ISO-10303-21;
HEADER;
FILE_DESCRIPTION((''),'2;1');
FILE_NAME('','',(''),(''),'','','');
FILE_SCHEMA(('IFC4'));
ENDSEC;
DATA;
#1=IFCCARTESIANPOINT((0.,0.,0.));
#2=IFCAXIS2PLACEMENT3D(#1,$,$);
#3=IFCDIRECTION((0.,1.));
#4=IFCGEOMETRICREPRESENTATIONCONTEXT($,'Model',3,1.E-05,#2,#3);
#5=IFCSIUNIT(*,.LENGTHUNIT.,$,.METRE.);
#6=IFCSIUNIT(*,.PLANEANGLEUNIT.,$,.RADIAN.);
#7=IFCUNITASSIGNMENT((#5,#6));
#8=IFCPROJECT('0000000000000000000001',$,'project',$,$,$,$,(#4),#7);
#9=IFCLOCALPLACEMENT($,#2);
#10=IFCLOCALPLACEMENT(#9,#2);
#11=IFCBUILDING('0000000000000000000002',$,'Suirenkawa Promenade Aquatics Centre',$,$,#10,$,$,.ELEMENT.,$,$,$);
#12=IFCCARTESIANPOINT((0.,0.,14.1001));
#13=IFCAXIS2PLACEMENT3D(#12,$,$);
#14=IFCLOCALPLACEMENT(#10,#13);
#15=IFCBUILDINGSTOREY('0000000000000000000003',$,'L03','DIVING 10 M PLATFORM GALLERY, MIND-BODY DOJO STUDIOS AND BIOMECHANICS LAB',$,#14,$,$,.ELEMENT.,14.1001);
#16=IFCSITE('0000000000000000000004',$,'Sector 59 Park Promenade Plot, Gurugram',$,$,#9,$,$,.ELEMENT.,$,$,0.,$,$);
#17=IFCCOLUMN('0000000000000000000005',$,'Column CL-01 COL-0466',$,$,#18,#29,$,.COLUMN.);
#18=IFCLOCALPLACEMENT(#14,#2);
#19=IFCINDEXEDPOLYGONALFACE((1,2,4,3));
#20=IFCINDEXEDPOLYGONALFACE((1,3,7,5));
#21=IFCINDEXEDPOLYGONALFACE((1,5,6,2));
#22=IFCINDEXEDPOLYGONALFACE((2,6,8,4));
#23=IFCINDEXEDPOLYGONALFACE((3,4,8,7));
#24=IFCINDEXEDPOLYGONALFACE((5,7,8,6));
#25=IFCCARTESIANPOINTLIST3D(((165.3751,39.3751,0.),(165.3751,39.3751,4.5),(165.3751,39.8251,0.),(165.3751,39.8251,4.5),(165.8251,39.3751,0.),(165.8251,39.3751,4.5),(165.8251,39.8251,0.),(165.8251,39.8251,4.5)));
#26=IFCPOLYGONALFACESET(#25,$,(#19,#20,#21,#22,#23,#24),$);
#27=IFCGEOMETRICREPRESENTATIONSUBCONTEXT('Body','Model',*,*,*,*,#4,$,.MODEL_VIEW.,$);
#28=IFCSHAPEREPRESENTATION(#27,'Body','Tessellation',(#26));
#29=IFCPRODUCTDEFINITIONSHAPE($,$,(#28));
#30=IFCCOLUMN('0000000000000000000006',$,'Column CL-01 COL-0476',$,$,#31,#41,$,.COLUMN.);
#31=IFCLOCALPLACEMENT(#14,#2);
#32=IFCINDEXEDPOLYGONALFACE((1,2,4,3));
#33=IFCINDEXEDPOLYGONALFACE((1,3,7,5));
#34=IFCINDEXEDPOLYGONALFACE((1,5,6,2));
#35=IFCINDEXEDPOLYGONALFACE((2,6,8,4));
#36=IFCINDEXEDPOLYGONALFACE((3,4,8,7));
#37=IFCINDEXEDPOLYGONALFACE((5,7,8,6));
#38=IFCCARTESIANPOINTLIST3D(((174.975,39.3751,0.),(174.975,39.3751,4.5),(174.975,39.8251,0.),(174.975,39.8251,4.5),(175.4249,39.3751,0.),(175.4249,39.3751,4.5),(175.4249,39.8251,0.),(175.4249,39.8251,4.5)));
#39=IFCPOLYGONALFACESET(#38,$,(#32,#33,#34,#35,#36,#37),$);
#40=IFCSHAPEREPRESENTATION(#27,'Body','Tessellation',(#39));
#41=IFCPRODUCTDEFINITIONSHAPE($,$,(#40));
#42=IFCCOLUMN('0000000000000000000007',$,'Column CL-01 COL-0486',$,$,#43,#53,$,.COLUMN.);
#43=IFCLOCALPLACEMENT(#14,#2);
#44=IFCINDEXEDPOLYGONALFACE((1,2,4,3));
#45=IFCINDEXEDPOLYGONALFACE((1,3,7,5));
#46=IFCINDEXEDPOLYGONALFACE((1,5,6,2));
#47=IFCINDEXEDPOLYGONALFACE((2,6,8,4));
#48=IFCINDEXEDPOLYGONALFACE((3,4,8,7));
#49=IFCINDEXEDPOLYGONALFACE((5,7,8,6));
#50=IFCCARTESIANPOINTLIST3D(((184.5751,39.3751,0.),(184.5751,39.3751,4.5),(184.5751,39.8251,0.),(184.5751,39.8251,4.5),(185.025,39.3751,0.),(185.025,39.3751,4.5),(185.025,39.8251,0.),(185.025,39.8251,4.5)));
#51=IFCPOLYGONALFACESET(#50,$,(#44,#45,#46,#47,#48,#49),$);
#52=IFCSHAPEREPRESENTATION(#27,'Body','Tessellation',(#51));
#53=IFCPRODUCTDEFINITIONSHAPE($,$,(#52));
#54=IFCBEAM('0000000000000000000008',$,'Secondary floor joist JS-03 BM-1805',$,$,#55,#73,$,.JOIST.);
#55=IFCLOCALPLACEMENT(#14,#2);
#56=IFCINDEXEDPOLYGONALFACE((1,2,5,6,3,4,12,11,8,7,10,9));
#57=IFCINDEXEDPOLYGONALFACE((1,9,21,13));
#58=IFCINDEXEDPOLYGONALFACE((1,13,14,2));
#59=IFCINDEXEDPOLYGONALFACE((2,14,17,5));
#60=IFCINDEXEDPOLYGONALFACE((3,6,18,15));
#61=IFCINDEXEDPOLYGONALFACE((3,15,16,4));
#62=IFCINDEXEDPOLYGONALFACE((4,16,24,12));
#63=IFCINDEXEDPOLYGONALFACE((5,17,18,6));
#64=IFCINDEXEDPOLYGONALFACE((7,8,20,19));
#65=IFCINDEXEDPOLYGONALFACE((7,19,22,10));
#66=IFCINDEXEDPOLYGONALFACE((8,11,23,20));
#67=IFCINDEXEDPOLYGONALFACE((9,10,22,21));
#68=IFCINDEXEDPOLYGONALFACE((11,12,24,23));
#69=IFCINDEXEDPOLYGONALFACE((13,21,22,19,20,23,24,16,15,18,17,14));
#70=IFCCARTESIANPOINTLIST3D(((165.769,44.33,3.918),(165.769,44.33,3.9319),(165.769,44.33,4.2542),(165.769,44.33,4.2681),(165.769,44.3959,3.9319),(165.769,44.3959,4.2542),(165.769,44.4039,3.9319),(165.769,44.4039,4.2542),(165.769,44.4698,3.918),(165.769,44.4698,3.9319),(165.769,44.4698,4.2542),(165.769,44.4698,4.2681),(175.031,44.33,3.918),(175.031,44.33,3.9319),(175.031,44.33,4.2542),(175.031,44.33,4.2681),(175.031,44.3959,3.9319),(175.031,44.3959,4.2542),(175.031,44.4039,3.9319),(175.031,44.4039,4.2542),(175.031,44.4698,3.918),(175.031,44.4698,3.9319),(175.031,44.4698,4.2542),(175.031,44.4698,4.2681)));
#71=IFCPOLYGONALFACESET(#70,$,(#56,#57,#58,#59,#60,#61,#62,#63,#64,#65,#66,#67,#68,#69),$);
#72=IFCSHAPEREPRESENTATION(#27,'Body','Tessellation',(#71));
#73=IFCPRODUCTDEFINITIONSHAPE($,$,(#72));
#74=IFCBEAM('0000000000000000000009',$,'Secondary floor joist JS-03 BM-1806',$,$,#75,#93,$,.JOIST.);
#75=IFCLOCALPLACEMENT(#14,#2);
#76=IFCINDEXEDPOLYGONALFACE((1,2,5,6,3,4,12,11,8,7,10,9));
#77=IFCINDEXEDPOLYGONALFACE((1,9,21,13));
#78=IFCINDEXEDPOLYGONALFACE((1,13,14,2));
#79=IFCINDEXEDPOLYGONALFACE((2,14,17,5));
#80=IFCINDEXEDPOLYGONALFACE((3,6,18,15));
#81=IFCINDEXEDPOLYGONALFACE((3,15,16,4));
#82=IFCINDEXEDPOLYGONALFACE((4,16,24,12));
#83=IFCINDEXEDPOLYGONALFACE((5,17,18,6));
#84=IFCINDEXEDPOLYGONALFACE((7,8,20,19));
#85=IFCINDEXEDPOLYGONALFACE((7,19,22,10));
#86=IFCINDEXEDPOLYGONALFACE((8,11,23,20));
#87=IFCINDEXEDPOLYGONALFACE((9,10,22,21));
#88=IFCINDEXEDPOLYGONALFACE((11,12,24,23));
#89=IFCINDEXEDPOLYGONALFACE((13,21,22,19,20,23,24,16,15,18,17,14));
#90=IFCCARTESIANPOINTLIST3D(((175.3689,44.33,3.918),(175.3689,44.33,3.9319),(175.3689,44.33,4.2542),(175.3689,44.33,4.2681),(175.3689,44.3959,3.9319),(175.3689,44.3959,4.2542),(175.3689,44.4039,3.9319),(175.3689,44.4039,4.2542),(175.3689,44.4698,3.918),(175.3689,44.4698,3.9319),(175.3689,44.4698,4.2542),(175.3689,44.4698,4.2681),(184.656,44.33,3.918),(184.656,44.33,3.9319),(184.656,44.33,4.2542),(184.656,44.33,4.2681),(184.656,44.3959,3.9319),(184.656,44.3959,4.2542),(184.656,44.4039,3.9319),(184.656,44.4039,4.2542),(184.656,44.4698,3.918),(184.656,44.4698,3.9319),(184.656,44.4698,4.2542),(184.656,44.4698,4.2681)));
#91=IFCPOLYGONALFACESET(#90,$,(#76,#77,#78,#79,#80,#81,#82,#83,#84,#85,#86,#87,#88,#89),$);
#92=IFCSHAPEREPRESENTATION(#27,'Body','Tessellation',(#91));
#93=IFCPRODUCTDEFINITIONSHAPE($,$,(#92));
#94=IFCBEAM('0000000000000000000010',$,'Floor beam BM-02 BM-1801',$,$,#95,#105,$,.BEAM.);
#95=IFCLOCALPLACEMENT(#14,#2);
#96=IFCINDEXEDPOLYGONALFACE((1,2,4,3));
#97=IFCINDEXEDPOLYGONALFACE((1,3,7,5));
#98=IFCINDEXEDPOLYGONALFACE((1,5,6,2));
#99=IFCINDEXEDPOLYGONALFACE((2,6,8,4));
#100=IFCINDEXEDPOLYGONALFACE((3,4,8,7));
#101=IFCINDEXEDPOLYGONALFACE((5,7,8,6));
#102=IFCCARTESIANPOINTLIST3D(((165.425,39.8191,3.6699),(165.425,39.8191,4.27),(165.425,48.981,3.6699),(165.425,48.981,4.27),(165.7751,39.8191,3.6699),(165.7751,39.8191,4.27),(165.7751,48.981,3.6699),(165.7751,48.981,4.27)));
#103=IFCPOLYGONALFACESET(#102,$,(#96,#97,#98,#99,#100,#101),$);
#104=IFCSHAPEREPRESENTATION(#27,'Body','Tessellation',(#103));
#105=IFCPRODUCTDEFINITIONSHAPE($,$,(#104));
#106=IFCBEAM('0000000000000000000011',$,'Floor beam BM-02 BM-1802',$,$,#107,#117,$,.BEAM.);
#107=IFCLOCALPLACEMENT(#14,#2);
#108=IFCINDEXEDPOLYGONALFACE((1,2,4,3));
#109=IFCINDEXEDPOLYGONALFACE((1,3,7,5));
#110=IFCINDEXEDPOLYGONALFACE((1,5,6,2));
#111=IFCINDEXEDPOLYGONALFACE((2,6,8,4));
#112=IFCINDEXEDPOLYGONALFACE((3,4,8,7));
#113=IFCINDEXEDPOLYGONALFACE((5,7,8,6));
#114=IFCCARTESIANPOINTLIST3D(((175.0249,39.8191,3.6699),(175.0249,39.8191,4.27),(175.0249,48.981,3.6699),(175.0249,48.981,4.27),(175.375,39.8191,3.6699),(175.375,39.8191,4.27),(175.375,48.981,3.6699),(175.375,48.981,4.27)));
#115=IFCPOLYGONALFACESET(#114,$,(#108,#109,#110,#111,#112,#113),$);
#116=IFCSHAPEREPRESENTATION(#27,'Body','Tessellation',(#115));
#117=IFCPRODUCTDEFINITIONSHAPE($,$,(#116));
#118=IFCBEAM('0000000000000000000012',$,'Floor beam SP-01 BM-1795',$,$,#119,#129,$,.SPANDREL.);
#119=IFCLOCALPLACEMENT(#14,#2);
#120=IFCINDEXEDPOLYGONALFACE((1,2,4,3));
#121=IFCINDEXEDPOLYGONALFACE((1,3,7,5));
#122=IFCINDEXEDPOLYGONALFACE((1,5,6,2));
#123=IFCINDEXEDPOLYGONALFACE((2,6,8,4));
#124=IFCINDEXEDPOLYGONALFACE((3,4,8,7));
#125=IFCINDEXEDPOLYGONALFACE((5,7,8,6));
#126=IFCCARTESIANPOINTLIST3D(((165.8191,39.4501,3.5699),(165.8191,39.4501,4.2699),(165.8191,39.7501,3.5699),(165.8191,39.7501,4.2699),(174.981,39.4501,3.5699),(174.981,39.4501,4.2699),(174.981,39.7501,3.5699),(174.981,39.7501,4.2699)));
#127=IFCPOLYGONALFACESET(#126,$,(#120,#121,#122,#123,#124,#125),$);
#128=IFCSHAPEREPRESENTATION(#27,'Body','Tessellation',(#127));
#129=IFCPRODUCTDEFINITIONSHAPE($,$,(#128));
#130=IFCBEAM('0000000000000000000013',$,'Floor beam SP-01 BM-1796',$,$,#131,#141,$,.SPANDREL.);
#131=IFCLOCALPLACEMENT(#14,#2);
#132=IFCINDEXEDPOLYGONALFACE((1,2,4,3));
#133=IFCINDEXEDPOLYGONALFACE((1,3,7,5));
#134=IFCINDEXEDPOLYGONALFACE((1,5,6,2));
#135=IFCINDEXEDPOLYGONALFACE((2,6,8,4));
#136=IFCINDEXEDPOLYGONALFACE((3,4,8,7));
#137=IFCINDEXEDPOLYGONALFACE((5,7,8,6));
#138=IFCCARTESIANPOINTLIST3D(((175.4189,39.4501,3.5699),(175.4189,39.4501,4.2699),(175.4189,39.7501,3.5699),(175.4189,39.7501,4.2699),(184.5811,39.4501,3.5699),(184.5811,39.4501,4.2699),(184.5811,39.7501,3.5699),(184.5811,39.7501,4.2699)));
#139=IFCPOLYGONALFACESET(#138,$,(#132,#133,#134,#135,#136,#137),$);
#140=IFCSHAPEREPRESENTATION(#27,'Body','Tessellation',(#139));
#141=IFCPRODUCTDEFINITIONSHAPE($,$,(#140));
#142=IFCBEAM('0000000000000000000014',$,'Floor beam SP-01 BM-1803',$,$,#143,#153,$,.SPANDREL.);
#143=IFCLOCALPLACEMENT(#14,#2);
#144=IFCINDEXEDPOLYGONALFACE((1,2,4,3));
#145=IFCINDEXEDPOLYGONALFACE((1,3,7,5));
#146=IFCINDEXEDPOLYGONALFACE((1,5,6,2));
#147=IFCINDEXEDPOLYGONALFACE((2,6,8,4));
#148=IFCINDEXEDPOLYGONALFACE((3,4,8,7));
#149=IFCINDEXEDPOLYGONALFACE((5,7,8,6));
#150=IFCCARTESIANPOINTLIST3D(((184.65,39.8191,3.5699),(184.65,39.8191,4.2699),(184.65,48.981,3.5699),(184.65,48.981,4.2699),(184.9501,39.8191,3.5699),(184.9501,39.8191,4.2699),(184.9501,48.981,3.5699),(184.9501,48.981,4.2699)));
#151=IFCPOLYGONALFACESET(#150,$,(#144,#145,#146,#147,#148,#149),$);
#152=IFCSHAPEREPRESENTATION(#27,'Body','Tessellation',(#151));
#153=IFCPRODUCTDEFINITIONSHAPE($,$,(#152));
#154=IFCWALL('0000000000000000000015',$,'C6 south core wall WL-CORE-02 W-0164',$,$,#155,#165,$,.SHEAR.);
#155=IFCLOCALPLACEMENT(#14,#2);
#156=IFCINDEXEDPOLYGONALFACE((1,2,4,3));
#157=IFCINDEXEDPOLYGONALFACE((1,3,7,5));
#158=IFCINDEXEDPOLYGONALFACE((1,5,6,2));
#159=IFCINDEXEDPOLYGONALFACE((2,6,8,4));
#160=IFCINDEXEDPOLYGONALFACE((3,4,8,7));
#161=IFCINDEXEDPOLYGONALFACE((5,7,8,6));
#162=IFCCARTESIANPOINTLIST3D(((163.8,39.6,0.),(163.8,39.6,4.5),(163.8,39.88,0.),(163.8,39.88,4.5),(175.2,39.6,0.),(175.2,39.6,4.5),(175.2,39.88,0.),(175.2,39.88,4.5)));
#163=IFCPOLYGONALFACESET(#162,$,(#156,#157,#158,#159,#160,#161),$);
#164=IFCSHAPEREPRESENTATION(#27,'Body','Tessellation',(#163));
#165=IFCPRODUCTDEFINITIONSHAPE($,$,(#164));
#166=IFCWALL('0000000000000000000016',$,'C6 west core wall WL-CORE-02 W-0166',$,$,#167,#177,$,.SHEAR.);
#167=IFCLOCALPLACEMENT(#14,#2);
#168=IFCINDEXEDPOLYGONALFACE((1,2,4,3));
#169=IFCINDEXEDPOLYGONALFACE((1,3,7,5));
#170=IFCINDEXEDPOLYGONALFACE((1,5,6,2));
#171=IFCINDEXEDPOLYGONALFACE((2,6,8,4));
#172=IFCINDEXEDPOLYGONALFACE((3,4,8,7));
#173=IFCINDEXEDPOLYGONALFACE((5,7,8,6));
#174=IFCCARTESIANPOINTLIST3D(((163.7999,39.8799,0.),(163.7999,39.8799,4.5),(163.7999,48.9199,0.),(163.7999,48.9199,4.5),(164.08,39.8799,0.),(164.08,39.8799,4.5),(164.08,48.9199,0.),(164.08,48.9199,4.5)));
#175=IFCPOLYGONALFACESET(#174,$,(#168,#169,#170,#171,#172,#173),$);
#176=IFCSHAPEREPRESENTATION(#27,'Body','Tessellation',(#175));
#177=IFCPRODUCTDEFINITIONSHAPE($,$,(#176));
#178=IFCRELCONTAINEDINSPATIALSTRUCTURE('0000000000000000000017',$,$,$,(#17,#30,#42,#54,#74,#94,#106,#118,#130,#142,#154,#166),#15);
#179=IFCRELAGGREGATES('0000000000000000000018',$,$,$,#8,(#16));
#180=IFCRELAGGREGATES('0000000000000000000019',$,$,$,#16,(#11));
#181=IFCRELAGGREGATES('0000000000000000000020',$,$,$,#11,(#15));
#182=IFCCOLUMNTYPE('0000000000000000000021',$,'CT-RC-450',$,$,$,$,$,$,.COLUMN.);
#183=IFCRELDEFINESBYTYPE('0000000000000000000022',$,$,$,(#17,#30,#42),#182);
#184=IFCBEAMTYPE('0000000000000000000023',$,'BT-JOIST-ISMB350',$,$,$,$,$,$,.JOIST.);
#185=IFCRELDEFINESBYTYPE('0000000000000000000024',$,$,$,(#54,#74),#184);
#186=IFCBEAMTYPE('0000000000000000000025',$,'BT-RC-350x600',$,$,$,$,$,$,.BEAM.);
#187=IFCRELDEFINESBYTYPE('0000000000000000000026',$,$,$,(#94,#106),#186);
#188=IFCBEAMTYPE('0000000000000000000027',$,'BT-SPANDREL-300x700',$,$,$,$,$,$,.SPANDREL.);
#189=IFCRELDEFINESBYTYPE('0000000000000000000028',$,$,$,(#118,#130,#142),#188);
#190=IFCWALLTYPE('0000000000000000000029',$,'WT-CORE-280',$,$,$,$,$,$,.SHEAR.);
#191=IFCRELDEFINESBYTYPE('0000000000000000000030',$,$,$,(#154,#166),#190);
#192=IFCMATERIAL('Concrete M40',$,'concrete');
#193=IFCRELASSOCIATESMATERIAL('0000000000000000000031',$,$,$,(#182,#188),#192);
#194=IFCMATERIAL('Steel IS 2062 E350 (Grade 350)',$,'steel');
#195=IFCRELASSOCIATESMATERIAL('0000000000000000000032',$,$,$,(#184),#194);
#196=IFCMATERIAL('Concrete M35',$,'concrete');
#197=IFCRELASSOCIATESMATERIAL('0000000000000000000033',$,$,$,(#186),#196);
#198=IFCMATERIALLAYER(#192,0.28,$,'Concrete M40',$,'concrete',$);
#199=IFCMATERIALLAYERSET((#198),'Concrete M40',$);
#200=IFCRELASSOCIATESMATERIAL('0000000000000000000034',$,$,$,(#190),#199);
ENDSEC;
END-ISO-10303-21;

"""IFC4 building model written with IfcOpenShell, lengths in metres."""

from ifc_helpers import new_model, si_unit, direction, frame, frame_2d, origin, origin_2d, place, context, subcontext, project, spatial, rectangle, i_section, extrude, material, layer, layer_set, material_profile, profile_set, type_object, element, save


model = new_model("IFC4")

# Units and contexts
model_context = context("Model", 3, precision=1e-05, world=origin(), true_north=direction((0.0, 1.0)))
body_context = subcontext(model_context, "Body", "Model", "MODEL_VIEW")
ifc_project = project(units=[si_unit("LENGTHUNIT", "METRE"), si_unit("PLANEANGLEUNIT", "RADIAN")], contexts=[model_context])

# Site, building, storey
site_placement = place(None, origin())
site = spatial("IfcSite", under=ifc_project, at=site_placement, Name="Sector 59 Park Promenade Plot, Gurugram", CompositionType="ELEMENT", RefElevation=0.0)
building_placement = place(site_placement, origin())
building = spatial("IfcBuilding", under=site, at=building_placement, Name="Suirenkawa Promenade Aquatics Centre", CompositionType="ELEMENT")
storey_placement = place(building_placement, frame((0.0, 0.0, 14.1001)))
storey = spatial("IfcBuildingStorey", under=building, at=storey_placement, Name="L03", Description="DIVING 10 M PLATFORM GALLERY, MIND-BODY DOJO STUDIOS AND BIOMECHANICS LAB", CompositionType="ELEMENT", Elevation=14.1001)

# Columns
ifc_material_1 = material(Name="Concrete M40", Category="concrete")
ifc_material_profile_1 = material_profile(ifc_material_1, rectangle(XDim=0.45, YDim=0.45, at=origin_2d()), Name="RC COL 450x450", Category="concrete")
ifc_profile_set_1 = profile_set([ifc_material_profile_1], Name="Concrete M40")
column_type = type_object("IfcColumnType", Name="CT-RC-450", PredefinedType="COLUMN", material=ifc_profile_set_1)
for number, where, z_axis, x_axis, name in (
    (1, (165.6001, 39.6001, 0.0), (0.0, 0.0, 1.0), (1.0, 0.0, 0.0), "Column CL-01 COL-0466"),
    (2, (175.2, 39.6001, 0.0), (0.0, 0.0, 1.0), (1.0, 0.0, 0.0), "Column CL-01 COL-0476"),
    (3, (184.8, 39.6001, 0.0), (0.0, 0.0, 1.0), (1.0, 0.0, 0.0), "Column CL-01 COL-0486"),
):
    element("IfcColumn", number, at=place(storey_placement, frame(where, z_axis=z_axis, x_axis=x_axis)), inside=storey, type_object=column_type, Name=name, PredefinedType="COLUMN", context=body_context, shape_type="SweptSolid", body=[
        extrude(rectangle(XDim=0.45, YDim=0.45, at=origin_2d()), origin(), (0.0, 0.0, 1.0), 4.5),
    ])

# Beams
ifc_material_2 = material(Name="Steel IS 2062 E350 (Grade 350)", Category="steel")
ifc_material_profile_2 = material_profile(ifc_material_2, i_section(OverallWidth=0.1399, OverallDepth=0.3501, WebThickness=0.0081, FlangeThickness=0.0139, at=origin_2d()), Name="ISMB 350", Category="steel")
ifc_profile_set_2 = profile_set([ifc_material_profile_2], Name="Steel IS 2062 E350 (Grade 350)")
beam_type_1 = type_object("IfcBeamType", Name="BT-JOIST-ISMB350", PredefinedType="JOIST", material=ifc_profile_set_2)
beam_1_placement = place(storey_placement, frame((165.769, 44.3999, 4.093), z_axis=(1.0, 0.0, 0.0), x_axis=(0.0, 1.0, 0.0)))
element("IfcBeam", 4, at=beam_1_placement, inside=storey, type_object=beam_type_1, Name="Secondary floor joist JS-03 BM-1805", PredefinedType="JOIST", context=body_context, shape_type="SweptSolid", body=[
    extrude(i_section(OverallWidth=0.1399, OverallDepth=0.3501, WebThickness=0.0081, FlangeThickness=0.0139, at=origin_2d()), origin(), (0.0, 0.0, 1.0), 9.262),
])
beam_2_placement = place(storey_placement, frame((175.3689, 44.3999, 4.093), z_axis=(1.0, 0.0, 0.0), x_axis=(0.0, 1.0, 0.0)))
element("IfcBeam", 5, at=beam_2_placement, inside=storey, type_object=beam_type_1, Name="Secondary floor joist JS-03 BM-1806", PredefinedType="JOIST", context=body_context, shape_type="SweptSolid", body=[
    extrude(i_section(OverallWidth=0.1399, OverallDepth=0.3501, WebThickness=0.0081, FlangeThickness=0.0139, at=origin_2d()), origin(), (0.0, 0.0, 1.0), 9.2871),
])
ifc_material_3 = material(Name="Concrete M35", Category="concrete")
ifc_material_profile_3 = material_profile(ifc_material_3, rectangle(XDim=0.3501, YDim=0.6001, at=origin_2d()), Name="RC BM 350x600", Category="concrete")
ifc_profile_set_3 = profile_set([ifc_material_profile_3], Name="Concrete M35")
beam_type_2 = type_object("IfcBeamType", Name="BT-RC-350x600", PredefinedType="BEAM", material=ifc_profile_set_3)
for number, where, z_axis, x_axis, name in (
    (6, (165.6001, 39.8191, 3.97), (0.0, 1.0, 0.0), (-1.0, 0.0, 0.0), "Floor beam BM-02 BM-1801"),
    (7, (175.2, 39.8191, 3.97), (0.0, 1.0, 0.0), (-1.0, 0.0, 0.0), "Floor beam BM-02 BM-1802"),
):
    element("IfcBeam", number, at=place(storey_placement, frame(where, z_axis=z_axis, x_axis=x_axis)), inside=storey, type_object=beam_type_2, Name=name, PredefinedType="BEAM", context=body_context, shape_type="SweptSolid", body=[
        extrude(rectangle(XDim=0.3501, YDim=0.6001, at=origin_2d()), origin(), (0.0, 0.0, 1.0), 9.1619),
    ])
ifc_material_profile_4 = material_profile(ifc_material_1, rectangle(XDim=0.3, YDim=0.7, at=origin_2d()), Name="RC SPANDREL 300x700", Category="concrete")
ifc_profile_set_4 = profile_set([ifc_material_profile_4], Name="Concrete M40")
beam_type_3 = type_object("IfcBeamType", Name="BT-SPANDREL-300x700", PredefinedType="SPANDREL", material=ifc_profile_set_4)
beam_3_placement = place(storey_placement, frame((165.8191, 39.6001, 3.9199), z_axis=(1.0, 0.0, 0.0), x_axis=(0.0, 1.0, 0.0)))
element("IfcBeam", 8, at=beam_3_placement, inside=storey, type_object=beam_type_3, Name="Floor beam SP-01 BM-1795", PredefinedType="SPANDREL", context=body_context, shape_type="SweptSolid", body=[
    extrude(rectangle(XDim=0.3, YDim=0.7, at=origin_2d()), origin(), (0.0, 0.0, 1.0), 9.1619),
])
beam_4_placement = place(storey_placement, frame((175.4189, 39.6001, 3.9199), z_axis=(1.0, 0.0, 0.0), x_axis=(0.0, 1.0, 0.0)))
element("IfcBeam", 9, at=beam_4_placement, inside=storey, type_object=beam_type_3, Name="Floor beam SP-01 BM-1796", PredefinedType="SPANDREL", context=body_context, shape_type="SweptSolid", body=[
    extrude(rectangle(XDim=0.3, YDim=0.7, at=origin_2d()), origin(), (0.0, 0.0, 1.0), 9.1621),
])
beam_5_placement = place(storey_placement, frame((184.8, 39.8191, 3.9199), z_axis=(0.0, 1.0, 0.0), x_axis=(-1.0, 0.0, 0.0)))
element("IfcBeam", 10, at=beam_5_placement, inside=storey, type_object=beam_type_3, Name="Floor beam SP-01 BM-1803", PredefinedType="SPANDREL", context=body_context, shape_type="SweptSolid", body=[
    extrude(rectangle(XDim=0.3, YDim=0.7, at=origin_2d()), origin(), (0.0, 0.0, 1.0), 9.1619),
])

# Walls
ifc_layer_1 = layer(ifc_material_1, 0.28, Name="Concrete M40", Category="concrete")
ifc_layer_set_1 = layer_set([ifc_layer_1], Name="Concrete M40")
wall_type_1 = type_object("IfcWallType", Name="WT-CORE-280", PredefinedType="SHEAR", material=ifc_layer_set_1)
wall_1_placement = place(storey_placement, frame((163.8, 39.74, 0.0), z_axis=(0.0, 0.0, 1.0), x_axis=(1.0, 0.0, 0.0)))
element("IfcWall", 11, at=wall_1_placement, inside=storey, type_object=wall_type_1, Name="C6 south core wall WL-CORE-02 W-0164", PredefinedType="SHEAR", context=body_context, shape_type="SweptSolid", body=[
    extrude(rectangle(XDim=11.3999, YDim=0.28, at=frame_2d((5.7, 0.0))), origin(), (0.0, 0.0, 1.0), 4.5),
])
wall_2_placement = place(storey_placement, frame((163.9399, 39.8799, 0.0), z_axis=(0.0, 0.0, 1.0), x_axis=(0.0, 1.0, 0.0)))
element("IfcWall", 12, at=wall_2_placement, inside=storey, type_object=wall_type_1, Name="C6 west core wall WL-CORE-02 W-0166", PredefinedType="SHEAR", context=body_context, shape_type="SweptSolid", body=[
    extrude(rectangle(XDim=9.04, YDim=0.28, at=frame_2d((4.52, 0.0))), origin(), (0.0, 0.0, 1.0), 4.5),
])

save(model, "model.ifc")
